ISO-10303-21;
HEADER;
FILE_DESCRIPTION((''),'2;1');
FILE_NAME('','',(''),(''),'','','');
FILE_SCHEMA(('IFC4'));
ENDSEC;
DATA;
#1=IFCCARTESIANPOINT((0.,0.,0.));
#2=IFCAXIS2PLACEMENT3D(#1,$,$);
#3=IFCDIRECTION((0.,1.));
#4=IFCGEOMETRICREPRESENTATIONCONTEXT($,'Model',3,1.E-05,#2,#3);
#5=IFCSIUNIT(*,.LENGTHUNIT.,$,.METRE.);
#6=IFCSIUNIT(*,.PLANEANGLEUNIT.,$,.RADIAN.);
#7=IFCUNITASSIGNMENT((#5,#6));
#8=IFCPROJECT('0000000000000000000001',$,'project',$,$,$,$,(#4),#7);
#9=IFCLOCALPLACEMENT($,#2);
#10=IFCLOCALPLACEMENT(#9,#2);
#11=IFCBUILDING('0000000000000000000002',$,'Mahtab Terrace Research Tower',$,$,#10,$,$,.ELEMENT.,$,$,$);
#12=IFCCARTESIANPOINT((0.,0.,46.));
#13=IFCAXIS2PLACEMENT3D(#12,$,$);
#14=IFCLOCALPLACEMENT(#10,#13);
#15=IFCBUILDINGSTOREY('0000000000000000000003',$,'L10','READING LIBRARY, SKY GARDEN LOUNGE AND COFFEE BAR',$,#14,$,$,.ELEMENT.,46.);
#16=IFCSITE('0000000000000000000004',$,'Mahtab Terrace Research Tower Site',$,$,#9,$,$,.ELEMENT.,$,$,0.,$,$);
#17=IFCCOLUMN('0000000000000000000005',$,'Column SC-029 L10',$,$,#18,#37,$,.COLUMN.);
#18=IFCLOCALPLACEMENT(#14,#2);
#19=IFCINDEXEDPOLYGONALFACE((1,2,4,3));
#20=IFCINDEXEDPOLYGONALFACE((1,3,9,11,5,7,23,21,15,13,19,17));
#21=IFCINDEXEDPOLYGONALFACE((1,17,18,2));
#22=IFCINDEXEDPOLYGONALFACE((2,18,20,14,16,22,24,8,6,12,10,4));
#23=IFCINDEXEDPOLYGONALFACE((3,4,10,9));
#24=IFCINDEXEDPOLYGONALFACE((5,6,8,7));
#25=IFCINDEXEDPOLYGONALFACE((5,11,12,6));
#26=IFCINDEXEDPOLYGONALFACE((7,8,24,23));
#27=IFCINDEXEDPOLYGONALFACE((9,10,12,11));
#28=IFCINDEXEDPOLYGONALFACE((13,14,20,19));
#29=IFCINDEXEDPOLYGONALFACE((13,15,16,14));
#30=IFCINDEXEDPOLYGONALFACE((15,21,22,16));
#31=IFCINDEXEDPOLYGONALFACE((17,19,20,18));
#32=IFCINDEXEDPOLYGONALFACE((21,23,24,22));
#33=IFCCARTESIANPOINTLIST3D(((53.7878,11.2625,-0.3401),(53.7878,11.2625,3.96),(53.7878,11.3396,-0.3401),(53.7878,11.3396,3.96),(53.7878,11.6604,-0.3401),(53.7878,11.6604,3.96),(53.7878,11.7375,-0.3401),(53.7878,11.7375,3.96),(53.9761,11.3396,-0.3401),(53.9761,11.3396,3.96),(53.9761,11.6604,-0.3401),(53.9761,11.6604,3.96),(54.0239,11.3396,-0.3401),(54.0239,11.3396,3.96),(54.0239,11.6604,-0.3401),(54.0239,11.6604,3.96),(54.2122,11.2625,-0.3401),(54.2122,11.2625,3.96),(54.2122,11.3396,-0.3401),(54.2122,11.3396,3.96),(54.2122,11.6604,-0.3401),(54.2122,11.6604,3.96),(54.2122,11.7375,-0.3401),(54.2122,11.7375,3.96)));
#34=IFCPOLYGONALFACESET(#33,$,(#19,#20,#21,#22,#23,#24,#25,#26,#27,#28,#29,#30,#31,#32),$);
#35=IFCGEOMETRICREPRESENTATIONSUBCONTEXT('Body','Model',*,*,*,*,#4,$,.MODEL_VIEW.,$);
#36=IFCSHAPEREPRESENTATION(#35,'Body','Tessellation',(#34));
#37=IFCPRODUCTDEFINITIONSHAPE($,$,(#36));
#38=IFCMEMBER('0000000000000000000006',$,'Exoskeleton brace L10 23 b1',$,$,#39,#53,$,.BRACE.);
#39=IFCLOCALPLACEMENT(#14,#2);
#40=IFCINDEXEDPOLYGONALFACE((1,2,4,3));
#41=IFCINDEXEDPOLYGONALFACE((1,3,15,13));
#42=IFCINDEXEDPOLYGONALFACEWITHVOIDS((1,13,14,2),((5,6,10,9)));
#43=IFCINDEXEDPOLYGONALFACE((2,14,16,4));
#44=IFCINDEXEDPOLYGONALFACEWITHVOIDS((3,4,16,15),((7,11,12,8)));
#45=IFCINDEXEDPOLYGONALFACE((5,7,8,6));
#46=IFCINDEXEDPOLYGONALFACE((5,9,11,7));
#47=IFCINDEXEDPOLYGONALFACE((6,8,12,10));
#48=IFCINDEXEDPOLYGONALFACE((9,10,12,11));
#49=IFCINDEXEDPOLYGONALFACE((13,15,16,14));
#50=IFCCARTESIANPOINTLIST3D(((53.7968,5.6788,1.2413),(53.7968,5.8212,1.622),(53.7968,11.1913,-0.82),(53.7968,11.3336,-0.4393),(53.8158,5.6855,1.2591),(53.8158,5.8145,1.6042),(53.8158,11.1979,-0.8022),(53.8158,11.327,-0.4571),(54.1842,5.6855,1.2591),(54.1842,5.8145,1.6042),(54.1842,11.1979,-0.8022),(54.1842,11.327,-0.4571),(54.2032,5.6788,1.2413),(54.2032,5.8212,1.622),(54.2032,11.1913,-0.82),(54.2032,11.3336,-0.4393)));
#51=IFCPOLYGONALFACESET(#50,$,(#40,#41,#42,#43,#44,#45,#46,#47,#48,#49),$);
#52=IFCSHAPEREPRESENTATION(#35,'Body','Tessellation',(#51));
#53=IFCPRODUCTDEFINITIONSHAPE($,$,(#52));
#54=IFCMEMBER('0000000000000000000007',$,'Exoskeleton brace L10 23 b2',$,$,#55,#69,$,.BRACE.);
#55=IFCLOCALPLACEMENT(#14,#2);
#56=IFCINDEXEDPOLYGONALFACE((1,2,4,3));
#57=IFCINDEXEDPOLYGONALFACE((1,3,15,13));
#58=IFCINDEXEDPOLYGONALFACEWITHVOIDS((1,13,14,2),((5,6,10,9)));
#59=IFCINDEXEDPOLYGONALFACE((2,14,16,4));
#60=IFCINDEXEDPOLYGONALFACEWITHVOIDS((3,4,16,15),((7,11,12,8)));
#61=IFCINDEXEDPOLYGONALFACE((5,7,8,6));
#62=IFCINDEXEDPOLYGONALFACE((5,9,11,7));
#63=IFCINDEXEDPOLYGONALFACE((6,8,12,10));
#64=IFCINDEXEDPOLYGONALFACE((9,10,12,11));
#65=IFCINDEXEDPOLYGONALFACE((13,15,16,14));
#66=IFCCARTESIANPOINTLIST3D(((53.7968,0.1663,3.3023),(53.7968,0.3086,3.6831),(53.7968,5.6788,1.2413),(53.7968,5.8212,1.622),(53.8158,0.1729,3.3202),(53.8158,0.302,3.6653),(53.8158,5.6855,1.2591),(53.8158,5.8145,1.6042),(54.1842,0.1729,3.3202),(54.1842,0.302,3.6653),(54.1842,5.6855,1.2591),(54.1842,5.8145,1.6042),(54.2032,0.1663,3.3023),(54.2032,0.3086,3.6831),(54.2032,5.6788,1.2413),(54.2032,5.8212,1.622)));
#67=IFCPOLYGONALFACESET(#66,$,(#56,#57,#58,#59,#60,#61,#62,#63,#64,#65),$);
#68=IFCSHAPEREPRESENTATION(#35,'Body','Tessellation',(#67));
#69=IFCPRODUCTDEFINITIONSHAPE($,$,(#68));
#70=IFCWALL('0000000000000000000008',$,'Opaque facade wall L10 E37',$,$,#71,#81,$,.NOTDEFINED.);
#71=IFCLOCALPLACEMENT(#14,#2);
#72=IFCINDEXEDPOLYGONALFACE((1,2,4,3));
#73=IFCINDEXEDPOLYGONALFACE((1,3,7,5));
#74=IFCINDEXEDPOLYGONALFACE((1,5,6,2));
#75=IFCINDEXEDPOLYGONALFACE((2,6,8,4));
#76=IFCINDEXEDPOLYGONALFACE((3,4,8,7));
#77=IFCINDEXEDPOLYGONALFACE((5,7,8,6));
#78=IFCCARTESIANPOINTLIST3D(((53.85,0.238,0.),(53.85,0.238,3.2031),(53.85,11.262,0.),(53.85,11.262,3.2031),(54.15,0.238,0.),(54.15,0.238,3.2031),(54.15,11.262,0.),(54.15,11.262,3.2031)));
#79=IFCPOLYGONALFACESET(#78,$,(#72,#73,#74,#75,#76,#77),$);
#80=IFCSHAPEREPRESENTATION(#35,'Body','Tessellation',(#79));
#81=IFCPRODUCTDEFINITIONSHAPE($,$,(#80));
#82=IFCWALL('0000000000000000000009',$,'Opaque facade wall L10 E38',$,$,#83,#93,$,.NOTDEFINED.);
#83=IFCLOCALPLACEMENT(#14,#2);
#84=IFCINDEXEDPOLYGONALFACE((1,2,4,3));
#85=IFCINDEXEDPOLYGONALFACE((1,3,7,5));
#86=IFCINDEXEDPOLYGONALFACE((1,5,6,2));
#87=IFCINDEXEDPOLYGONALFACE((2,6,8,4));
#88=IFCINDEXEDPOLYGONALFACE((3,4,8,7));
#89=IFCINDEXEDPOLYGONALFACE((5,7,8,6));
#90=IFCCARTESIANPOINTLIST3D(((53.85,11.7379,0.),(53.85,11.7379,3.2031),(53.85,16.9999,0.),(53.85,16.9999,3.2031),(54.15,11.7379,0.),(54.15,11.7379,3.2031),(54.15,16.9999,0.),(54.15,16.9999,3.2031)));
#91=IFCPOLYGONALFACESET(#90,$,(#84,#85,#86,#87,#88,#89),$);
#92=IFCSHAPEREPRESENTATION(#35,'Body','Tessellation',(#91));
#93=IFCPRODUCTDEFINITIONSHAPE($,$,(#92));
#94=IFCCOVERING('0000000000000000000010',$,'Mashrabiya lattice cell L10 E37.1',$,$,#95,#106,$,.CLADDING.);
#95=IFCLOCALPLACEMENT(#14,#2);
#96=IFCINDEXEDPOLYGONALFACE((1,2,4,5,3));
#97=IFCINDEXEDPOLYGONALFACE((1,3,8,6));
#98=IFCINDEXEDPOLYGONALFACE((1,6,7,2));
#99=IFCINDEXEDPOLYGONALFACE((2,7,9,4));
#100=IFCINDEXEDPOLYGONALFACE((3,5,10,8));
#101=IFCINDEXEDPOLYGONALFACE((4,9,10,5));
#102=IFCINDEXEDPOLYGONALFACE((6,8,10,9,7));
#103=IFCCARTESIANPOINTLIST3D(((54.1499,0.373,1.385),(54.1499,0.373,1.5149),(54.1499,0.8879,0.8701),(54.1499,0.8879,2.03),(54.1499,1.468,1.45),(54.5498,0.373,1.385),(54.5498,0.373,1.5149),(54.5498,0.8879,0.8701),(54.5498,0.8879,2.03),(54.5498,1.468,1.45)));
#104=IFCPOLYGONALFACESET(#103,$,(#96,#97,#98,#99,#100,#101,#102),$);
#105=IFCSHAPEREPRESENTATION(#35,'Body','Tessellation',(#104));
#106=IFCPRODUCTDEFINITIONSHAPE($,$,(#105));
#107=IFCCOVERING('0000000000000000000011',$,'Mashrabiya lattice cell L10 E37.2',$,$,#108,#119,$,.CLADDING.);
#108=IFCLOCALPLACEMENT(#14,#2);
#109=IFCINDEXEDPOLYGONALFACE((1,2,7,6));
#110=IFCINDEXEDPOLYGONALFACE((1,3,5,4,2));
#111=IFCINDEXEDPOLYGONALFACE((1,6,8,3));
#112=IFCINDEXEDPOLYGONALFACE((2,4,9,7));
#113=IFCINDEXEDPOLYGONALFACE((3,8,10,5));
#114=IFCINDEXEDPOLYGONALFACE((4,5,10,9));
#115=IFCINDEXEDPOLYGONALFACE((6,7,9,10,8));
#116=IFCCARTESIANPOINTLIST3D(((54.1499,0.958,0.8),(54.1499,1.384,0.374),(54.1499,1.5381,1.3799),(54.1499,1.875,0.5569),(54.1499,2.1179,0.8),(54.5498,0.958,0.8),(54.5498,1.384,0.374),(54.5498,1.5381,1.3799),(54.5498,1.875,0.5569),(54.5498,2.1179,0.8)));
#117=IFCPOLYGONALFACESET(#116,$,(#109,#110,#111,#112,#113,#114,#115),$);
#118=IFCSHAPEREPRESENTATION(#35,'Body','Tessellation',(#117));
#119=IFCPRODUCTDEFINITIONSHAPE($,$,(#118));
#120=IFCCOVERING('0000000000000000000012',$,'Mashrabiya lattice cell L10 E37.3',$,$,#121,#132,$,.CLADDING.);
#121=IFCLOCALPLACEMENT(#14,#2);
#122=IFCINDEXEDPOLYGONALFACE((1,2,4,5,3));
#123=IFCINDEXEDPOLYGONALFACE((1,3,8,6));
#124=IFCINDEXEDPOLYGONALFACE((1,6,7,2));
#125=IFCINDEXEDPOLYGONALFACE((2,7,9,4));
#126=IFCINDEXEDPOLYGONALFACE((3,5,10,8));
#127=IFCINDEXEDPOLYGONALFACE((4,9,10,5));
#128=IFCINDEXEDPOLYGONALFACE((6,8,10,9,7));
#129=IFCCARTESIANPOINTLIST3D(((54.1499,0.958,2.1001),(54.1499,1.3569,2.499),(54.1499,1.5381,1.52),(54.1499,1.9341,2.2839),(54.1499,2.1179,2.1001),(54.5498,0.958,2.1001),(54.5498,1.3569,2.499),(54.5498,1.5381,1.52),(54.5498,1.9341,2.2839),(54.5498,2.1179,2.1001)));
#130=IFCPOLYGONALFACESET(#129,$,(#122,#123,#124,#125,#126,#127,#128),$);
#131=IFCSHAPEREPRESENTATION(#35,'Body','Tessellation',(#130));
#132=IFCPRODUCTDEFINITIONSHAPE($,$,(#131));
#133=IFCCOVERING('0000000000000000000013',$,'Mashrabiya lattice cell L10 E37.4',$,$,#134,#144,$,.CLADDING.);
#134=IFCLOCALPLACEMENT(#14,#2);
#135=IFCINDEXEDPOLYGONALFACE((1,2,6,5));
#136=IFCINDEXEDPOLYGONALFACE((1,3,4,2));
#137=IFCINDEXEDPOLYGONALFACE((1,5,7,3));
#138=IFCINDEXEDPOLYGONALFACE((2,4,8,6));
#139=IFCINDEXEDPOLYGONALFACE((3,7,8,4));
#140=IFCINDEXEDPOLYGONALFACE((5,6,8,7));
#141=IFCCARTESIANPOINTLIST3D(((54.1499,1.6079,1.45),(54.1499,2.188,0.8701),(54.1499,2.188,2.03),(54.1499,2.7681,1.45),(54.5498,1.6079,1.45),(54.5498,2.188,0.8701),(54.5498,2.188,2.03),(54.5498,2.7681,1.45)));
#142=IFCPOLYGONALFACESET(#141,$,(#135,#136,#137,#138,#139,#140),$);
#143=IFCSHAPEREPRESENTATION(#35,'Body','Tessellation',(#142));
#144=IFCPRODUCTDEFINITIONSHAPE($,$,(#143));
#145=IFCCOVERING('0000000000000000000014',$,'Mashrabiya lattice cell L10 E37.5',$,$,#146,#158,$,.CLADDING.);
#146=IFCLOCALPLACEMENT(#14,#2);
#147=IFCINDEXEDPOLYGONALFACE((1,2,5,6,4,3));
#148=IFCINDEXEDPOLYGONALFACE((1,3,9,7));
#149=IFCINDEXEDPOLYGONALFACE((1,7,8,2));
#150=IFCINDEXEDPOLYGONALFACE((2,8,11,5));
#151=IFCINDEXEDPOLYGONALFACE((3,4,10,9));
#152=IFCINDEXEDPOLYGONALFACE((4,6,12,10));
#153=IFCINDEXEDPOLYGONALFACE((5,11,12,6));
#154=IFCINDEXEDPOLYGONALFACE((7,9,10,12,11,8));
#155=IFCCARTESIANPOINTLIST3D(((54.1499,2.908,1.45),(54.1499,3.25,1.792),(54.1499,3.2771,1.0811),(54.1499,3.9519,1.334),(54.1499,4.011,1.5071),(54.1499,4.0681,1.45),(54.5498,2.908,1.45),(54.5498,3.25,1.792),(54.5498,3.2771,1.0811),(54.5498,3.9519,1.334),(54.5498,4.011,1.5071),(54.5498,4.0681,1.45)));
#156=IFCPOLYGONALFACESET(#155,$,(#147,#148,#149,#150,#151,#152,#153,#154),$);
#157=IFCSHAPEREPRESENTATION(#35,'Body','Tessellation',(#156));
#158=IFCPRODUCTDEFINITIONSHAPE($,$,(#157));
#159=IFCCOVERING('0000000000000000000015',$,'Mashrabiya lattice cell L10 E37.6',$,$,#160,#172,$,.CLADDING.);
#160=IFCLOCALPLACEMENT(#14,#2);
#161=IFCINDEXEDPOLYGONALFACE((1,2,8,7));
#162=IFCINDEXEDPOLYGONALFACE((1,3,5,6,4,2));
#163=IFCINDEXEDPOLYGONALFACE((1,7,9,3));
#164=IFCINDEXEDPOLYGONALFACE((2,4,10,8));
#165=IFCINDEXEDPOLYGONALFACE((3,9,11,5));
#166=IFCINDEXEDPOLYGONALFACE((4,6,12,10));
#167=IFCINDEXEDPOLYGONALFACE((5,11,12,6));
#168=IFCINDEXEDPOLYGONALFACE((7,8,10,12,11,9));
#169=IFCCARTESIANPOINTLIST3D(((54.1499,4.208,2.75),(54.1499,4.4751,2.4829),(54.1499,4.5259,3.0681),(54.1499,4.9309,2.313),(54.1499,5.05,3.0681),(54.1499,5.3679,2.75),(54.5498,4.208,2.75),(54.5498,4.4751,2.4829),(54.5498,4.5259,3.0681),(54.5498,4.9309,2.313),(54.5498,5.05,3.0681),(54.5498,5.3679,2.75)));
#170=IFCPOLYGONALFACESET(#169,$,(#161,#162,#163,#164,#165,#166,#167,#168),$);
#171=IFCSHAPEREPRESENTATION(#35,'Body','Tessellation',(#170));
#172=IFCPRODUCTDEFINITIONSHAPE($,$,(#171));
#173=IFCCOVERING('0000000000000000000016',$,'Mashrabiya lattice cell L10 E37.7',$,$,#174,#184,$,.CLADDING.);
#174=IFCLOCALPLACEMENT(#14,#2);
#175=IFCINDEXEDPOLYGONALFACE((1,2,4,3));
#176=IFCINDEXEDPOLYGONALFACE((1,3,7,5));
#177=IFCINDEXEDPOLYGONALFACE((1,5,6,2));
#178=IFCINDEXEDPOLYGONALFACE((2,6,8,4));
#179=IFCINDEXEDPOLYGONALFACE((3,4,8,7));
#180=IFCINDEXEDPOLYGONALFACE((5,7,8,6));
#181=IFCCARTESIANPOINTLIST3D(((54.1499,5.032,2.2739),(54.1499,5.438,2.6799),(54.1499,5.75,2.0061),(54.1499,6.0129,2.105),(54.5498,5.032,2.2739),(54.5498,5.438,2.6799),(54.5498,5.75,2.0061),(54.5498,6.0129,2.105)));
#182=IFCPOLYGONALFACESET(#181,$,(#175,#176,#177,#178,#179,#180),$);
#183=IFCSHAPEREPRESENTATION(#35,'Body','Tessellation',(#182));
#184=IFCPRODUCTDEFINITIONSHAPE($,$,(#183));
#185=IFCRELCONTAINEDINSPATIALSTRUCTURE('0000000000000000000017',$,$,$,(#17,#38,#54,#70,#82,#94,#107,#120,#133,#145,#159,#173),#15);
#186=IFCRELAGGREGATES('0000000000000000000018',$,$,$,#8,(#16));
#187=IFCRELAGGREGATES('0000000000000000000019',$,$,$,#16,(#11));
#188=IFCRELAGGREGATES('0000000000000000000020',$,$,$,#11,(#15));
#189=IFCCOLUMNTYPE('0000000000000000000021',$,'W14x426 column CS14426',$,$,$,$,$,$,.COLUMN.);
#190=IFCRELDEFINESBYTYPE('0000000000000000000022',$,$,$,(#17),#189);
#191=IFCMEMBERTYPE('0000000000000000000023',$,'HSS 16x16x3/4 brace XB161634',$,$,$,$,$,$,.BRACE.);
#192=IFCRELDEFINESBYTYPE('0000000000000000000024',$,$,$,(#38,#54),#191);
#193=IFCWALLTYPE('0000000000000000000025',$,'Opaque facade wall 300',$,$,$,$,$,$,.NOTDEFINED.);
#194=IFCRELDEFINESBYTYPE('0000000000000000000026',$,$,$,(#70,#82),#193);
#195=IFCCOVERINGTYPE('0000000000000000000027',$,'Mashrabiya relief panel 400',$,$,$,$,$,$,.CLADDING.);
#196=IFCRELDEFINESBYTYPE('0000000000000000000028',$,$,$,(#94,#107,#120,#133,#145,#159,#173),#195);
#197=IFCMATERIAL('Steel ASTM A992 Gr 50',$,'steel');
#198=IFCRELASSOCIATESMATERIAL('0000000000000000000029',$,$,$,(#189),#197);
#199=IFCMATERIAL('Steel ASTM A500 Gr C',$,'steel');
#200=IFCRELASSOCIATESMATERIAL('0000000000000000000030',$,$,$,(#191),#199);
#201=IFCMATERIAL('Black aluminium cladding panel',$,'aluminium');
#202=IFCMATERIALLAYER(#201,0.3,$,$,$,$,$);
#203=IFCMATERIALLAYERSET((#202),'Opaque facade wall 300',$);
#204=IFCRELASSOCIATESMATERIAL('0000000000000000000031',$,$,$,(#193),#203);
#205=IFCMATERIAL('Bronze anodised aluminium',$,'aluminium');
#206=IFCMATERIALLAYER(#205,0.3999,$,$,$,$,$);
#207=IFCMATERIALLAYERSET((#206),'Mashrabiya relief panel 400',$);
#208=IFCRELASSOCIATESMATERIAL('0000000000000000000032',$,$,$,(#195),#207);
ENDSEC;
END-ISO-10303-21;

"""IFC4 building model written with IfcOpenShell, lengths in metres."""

from ifc_helpers import new_model, si_unit, direction, frame, frame_2d, origin, origin_2d, place, context, subcontext, project, spatial, polyline, rectangle, hollow_rectangle, i_section, outline, extrude, material, layer, layer_set, material_profile, profile_set, type_object, element, save


model = new_model("IFC4")

# Units and contexts
model_context = context("Model", 3, precision=1e-05, world=origin(), true_north=direction((0.0, 1.0)))
body_context = subcontext(model_context, "Body", "Model", "MODEL_VIEW")
ifc_project = project(units=[si_unit("LENGTHUNIT", "METRE"), si_unit("PLANEANGLEUNIT", "RADIAN")], contexts=[model_context])

# Site, building, storey
site_placement = place(None, origin())
site = spatial("IfcSite", under=ifc_project, at=site_placement, Name="Mahtab Terrace Research Tower Site", CompositionType="ELEMENT", RefElevation=0.0)
building_placement = place(site_placement, origin())
building = spatial("IfcBuilding", under=site, at=building_placement, Name="Mahtab Terrace Research Tower", CompositionType="ELEMENT")
storey_placement = place(building_placement, frame((0.0, 0.0, 46.0)))
storey = spatial("IfcBuildingStorey", under=building, at=storey_placement, Name="L10", Description="READING LIBRARY, SKY GARDEN LOUNGE AND COFFEE BAR", CompositionType="ELEMENT", Elevation=46.0)

# Column
ifc_material_1 = material(Name="Steel ASTM A992 Gr 50", Category="steel")
ifc_material_profile_1 = material_profile(ifc_material_1, i_section(OverallWidth=0.4243, OverallDepth=0.4751, WebThickness=0.0479, FlangeThickness=0.0771, at=origin_2d()), Name="W14X426")
ifc_profile_set_1 = profile_set([ifc_material_profile_1], Name="Steel ASTM A992 Gr 50")
column_type = type_object("IfcColumnType", Name="W14x426 column CS14426", PredefinedType="COLUMN", material=ifc_profile_set_1)
column_placement = place(storey_placement, frame((54.0, 11.5, -0.3401), z_axis=(0.0, 0.0, 1.0), x_axis=(1.0, 0.0, 0.0)))
element("IfcColumn", 1, at=column_placement, inside=storey, type_object=column_type, Name="Column SC-029 L10", PredefinedType="COLUMN", context=body_context, shape_type="SweptSolid", body=[
    extrude(i_section(OverallWidth=0.4243, OverallDepth=0.4751, WebThickness=0.0479, FlangeThickness=0.0771, at=origin_2d()), origin(), (0.0, 0.0, 1.0), 4.3),
])

# Members
ifc_material_2 = material(Name="Steel ASTM A500 Gr C", Category="steel")
ifc_material_profile_2 = material_profile(ifc_material_2, hollow_rectangle(XDim=0.4065, YDim=0.4065, WallThickness=0.019, at=origin_2d()), Name="HSS16X16X3/4")
ifc_profile_set_2 = profile_set([ifc_material_profile_2], Name="Steel ASTM A500 Gr C")
member_type = type_object("IfcMemberType", Name="HSS 16x16x3/4 brace XB161634", PredefinedType="BRACE", material=ifc_profile_set_2)
for number, where, z_axis, x_axis, name in (
    (2, (54.0, 11.2625, -0.6296), (0.0, -0.936658, 0.350246), (1.0, 0.0, 0.0), "Exoskeleton brace L10 23 b1"),
    (3, (54.0, 5.75, 1.4316), (0.0, -0.936671, 0.350209), (1.0, 0.0, 0.0), "Exoskeleton brace L10 23 b2"),
):
    element("IfcMember", number, at=place(storey_placement, frame(where, z_axis=z_axis, x_axis=x_axis)), inside=storey, type_object=member_type, Name=name, PredefinedType="BRACE", context=body_context, shape_type="SweptSolid", body=[
        extrude(hollow_rectangle(XDim=0.4065, YDim=0.4065, WallThickness=0.019, at=origin_2d()), origin(), (0.0, 0.0, 1.0), 5.8853),
    ])

# Walls
ifc_material_3 = material(Name="Black aluminium cladding panel", Category="aluminium")
ifc_layer_1 = layer(ifc_material_3, 0.3)
ifc_layer_set_1 = layer_set([ifc_layer_1], Name="Opaque facade wall 300")
wall_type = type_object("IfcWallType", Name="Opaque facade wall 300", PredefinedType="NOTDEFINED", material=ifc_layer_set_1)
wall_1_placement = place(storey_placement, frame((54.0, 0.238, 0.0), z_axis=(0.0, 0.0, 1.0), x_axis=(0.0, 1.0, 0.0)))
element("IfcWall", 4, at=wall_1_placement, inside=storey, type_object=wall_type, Name="Opaque facade wall L10 E37", PredefinedType="NOTDEFINED", context=body_context, shape_type="SweptSolid", body=[
    extrude(rectangle(XDim=11.0239, YDim=0.3, at=frame_2d((5.512, 0.0))), origin(), (0.0, 0.0, 1.0), 3.2031),
])
wall_2_placement = place(storey_placement, frame((54.0, 11.738, 0.0), z_axis=(0.0, 0.0, 1.0), x_axis=(0.0, 1.0, 0.0)))
element("IfcWall", 5, at=wall_2_placement, inside=storey, type_object=wall_type, Name="Opaque facade wall L10 E38", PredefinedType="NOTDEFINED", context=body_context, shape_type="SweptSolid", body=[
    extrude(rectangle(XDim=5.262, YDim=0.3, at=frame_2d((2.6309, 0.0))), origin(), (0.0, 0.0, 1.0), 3.2031),
])

# Coverings
ifc_material_4 = material(Name="Bronze anodised aluminium", Category="aluminium")
ifc_layer_2 = layer(ifc_material_4, 0.3999)
ifc_layer_set_2 = layer_set([ifc_layer_2], Name="Mashrabiya relief panel 400")
covering_type_1 = type_object("IfcCoveringType", Name="Mashrabiya relief panel 400", PredefinedType="CLADDING", material=ifc_layer_set_2)
covering_1_placement = place(storey_placement, frame((54.1499, 0.8879, 2.03), z_axis=(-1.0, 0.0, 0.0), x_axis=(0.0, 0.707107, -0.707107)))
element("IfcCovering", 6, at=covering_1_placement, inside=storey, type_object=covering_type_1, Name="Mashrabiya lattice cell L10 E37.1", PredefinedType="CLADDING", context=body_context, shape_type="SweptSolid", body=[
    extrude(outline(polyline([(0.0, 0.0), (0.8204, 0.0), (0.8202, 0.8202), (0.092, 0.8202), (0.0002, 0.7283), (0.0, 0.0)])), origin(), (0.0, 0.0, -1.0), 0.3999),
])
covering_2_placement = place(storey_placement, frame((54.1499, 0.958, 0.8), z_axis=(-1.0, 0.0, 0.0), x_axis=(0.0, 0.707256, 0.706958)))
element("IfcCovering", 7, at=covering_2_placement, inside=storey, type_object=covering_type_1, Name="Mashrabiya lattice cell L10 E37.2", PredefinedType="CLADDING", context=body_context, shape_type="SweptSolid", body=[
    extrude(outline(polyline([(0.0, 0.0), (0.8202, 0.0), (0.8204, 0.82), (0.4766, 0.8203), (0.0001, 0.6025), (0.0, 0.0)])), origin(), (0.0, 0.0, -1.0), 0.3999),
])
covering_3_placement = place(storey_placement, frame((54.1499, 2.1179, 2.1001), z_axis=(-1.0, 0.0, 0.0), x_axis=(0.0, -0.706958, -0.707256)))
element("IfcCovering", 8, at=covering_3_placement, inside=storey, type_object=covering_type_1, Name="Mashrabiya lattice cell L10 E37.3", PredefinedType="CLADDING", context=body_context, shape_type="SweptSolid", body=[
    extrude(outline(polyline([(0.0, 0.0), (0.8202, 0.0), (0.82, 0.8204), (0.2558, 0.8202), (-0.0001, 0.26), (0.0, 0.0)])), origin(), (0.0, 0.0, -1.0), 0.3999),
])
covering_4_placement = place(storey_placement, frame((54.1499, 2.188, 2.03), z_axis=(-1.0, 0.0, 0.0), x_axis=(0.0, 0.707107, -0.707107)))
element("IfcCovering", 9, at=covering_4_placement, inside=storey, type_object=covering_type_1, Name="Mashrabiya lattice cell L10 E37.4", PredefinedType="CLADDING", context=body_context, shape_type="SweptSolid", body=[
    extrude(outline(polyline([(0.0, 0.0), (0.8204, 0.0), (0.8202, 0.8202), (0.0, 0.8204), (0.0, 0.0)])), origin(), (0.0, 0.0, -1.0), 0.3999),
])
covering_5_placement = place(storey_placement, frame((54.1499, 2.908, 1.45), z_axis=(-1.0, 0.0, 0.0), x_axis=(0.0, 0.707107, 0.707107)))
element("IfcCovering", 10, at=covering_5_placement, inside=storey, type_object=covering_type_1, Name="Mashrabiya lattice cell L10 E37.5", PredefinedType="CLADDING", context=body_context, shape_type="SweptSolid", body=[
    extrude(outline(polyline([(0.0, 0.0), (0.4837, 0.0), (0.8204, 0.7396), (0.8204, 0.8204), (0.6562, 0.8202), (0.0002, 0.5219), (0.0, 0.0)])), origin(), (0.0, 0.0, -1.0), 0.3999),
])
covering_6_placement = place(storey_placement, frame((54.1499, 4.208, 2.75), z_axis=(-1.0, 0.0, 0.0), x_axis=(0.0, 0.706835, 0.707378)))
element("IfcCovering", 11, at=covering_6_placement, inside=storey, type_object=covering_type_1, Name="Mashrabiya lattice cell L10 E37.6", PredefinedType="CLADDING", context=body_context, shape_type="SweptSolid", body=[
    extrude(outline(polyline([(0.0, 0.0), (0.4497, 0.0), (0.8202, 0.3708), (0.8199, 0.8205), (0.2018, 0.8203), (-0.0001, 0.3777), (0.0, 0.0)])), origin(), (0.0, 0.0, -1.0), 0.3999),
])
covering_7_placement = place(storey_placement, frame((54.1499, 5.438, 2.6799), z_axis=(-1.0, 0.0, 0.0), x_axis=(0.0, 0.707107, -0.707107)))
element("IfcCovering", 12, at=covering_7_placement, inside=storey, type_object=covering_type_1, Name="Mashrabiya lattice cell L10 E37.7", PredefinedType="CLADDING", context=body_context, shape_type="SweptSolid", body=[
    extrude(outline(polyline([(0.0, 0.0), (0.8131, 0.0), (0.6971, 0.2558), (0.0, 0.5742), (0.0, 0.0)])), origin(), (0.0, 0.0, -1.0), 0.3999),
])

save(model, "model.ifc")
